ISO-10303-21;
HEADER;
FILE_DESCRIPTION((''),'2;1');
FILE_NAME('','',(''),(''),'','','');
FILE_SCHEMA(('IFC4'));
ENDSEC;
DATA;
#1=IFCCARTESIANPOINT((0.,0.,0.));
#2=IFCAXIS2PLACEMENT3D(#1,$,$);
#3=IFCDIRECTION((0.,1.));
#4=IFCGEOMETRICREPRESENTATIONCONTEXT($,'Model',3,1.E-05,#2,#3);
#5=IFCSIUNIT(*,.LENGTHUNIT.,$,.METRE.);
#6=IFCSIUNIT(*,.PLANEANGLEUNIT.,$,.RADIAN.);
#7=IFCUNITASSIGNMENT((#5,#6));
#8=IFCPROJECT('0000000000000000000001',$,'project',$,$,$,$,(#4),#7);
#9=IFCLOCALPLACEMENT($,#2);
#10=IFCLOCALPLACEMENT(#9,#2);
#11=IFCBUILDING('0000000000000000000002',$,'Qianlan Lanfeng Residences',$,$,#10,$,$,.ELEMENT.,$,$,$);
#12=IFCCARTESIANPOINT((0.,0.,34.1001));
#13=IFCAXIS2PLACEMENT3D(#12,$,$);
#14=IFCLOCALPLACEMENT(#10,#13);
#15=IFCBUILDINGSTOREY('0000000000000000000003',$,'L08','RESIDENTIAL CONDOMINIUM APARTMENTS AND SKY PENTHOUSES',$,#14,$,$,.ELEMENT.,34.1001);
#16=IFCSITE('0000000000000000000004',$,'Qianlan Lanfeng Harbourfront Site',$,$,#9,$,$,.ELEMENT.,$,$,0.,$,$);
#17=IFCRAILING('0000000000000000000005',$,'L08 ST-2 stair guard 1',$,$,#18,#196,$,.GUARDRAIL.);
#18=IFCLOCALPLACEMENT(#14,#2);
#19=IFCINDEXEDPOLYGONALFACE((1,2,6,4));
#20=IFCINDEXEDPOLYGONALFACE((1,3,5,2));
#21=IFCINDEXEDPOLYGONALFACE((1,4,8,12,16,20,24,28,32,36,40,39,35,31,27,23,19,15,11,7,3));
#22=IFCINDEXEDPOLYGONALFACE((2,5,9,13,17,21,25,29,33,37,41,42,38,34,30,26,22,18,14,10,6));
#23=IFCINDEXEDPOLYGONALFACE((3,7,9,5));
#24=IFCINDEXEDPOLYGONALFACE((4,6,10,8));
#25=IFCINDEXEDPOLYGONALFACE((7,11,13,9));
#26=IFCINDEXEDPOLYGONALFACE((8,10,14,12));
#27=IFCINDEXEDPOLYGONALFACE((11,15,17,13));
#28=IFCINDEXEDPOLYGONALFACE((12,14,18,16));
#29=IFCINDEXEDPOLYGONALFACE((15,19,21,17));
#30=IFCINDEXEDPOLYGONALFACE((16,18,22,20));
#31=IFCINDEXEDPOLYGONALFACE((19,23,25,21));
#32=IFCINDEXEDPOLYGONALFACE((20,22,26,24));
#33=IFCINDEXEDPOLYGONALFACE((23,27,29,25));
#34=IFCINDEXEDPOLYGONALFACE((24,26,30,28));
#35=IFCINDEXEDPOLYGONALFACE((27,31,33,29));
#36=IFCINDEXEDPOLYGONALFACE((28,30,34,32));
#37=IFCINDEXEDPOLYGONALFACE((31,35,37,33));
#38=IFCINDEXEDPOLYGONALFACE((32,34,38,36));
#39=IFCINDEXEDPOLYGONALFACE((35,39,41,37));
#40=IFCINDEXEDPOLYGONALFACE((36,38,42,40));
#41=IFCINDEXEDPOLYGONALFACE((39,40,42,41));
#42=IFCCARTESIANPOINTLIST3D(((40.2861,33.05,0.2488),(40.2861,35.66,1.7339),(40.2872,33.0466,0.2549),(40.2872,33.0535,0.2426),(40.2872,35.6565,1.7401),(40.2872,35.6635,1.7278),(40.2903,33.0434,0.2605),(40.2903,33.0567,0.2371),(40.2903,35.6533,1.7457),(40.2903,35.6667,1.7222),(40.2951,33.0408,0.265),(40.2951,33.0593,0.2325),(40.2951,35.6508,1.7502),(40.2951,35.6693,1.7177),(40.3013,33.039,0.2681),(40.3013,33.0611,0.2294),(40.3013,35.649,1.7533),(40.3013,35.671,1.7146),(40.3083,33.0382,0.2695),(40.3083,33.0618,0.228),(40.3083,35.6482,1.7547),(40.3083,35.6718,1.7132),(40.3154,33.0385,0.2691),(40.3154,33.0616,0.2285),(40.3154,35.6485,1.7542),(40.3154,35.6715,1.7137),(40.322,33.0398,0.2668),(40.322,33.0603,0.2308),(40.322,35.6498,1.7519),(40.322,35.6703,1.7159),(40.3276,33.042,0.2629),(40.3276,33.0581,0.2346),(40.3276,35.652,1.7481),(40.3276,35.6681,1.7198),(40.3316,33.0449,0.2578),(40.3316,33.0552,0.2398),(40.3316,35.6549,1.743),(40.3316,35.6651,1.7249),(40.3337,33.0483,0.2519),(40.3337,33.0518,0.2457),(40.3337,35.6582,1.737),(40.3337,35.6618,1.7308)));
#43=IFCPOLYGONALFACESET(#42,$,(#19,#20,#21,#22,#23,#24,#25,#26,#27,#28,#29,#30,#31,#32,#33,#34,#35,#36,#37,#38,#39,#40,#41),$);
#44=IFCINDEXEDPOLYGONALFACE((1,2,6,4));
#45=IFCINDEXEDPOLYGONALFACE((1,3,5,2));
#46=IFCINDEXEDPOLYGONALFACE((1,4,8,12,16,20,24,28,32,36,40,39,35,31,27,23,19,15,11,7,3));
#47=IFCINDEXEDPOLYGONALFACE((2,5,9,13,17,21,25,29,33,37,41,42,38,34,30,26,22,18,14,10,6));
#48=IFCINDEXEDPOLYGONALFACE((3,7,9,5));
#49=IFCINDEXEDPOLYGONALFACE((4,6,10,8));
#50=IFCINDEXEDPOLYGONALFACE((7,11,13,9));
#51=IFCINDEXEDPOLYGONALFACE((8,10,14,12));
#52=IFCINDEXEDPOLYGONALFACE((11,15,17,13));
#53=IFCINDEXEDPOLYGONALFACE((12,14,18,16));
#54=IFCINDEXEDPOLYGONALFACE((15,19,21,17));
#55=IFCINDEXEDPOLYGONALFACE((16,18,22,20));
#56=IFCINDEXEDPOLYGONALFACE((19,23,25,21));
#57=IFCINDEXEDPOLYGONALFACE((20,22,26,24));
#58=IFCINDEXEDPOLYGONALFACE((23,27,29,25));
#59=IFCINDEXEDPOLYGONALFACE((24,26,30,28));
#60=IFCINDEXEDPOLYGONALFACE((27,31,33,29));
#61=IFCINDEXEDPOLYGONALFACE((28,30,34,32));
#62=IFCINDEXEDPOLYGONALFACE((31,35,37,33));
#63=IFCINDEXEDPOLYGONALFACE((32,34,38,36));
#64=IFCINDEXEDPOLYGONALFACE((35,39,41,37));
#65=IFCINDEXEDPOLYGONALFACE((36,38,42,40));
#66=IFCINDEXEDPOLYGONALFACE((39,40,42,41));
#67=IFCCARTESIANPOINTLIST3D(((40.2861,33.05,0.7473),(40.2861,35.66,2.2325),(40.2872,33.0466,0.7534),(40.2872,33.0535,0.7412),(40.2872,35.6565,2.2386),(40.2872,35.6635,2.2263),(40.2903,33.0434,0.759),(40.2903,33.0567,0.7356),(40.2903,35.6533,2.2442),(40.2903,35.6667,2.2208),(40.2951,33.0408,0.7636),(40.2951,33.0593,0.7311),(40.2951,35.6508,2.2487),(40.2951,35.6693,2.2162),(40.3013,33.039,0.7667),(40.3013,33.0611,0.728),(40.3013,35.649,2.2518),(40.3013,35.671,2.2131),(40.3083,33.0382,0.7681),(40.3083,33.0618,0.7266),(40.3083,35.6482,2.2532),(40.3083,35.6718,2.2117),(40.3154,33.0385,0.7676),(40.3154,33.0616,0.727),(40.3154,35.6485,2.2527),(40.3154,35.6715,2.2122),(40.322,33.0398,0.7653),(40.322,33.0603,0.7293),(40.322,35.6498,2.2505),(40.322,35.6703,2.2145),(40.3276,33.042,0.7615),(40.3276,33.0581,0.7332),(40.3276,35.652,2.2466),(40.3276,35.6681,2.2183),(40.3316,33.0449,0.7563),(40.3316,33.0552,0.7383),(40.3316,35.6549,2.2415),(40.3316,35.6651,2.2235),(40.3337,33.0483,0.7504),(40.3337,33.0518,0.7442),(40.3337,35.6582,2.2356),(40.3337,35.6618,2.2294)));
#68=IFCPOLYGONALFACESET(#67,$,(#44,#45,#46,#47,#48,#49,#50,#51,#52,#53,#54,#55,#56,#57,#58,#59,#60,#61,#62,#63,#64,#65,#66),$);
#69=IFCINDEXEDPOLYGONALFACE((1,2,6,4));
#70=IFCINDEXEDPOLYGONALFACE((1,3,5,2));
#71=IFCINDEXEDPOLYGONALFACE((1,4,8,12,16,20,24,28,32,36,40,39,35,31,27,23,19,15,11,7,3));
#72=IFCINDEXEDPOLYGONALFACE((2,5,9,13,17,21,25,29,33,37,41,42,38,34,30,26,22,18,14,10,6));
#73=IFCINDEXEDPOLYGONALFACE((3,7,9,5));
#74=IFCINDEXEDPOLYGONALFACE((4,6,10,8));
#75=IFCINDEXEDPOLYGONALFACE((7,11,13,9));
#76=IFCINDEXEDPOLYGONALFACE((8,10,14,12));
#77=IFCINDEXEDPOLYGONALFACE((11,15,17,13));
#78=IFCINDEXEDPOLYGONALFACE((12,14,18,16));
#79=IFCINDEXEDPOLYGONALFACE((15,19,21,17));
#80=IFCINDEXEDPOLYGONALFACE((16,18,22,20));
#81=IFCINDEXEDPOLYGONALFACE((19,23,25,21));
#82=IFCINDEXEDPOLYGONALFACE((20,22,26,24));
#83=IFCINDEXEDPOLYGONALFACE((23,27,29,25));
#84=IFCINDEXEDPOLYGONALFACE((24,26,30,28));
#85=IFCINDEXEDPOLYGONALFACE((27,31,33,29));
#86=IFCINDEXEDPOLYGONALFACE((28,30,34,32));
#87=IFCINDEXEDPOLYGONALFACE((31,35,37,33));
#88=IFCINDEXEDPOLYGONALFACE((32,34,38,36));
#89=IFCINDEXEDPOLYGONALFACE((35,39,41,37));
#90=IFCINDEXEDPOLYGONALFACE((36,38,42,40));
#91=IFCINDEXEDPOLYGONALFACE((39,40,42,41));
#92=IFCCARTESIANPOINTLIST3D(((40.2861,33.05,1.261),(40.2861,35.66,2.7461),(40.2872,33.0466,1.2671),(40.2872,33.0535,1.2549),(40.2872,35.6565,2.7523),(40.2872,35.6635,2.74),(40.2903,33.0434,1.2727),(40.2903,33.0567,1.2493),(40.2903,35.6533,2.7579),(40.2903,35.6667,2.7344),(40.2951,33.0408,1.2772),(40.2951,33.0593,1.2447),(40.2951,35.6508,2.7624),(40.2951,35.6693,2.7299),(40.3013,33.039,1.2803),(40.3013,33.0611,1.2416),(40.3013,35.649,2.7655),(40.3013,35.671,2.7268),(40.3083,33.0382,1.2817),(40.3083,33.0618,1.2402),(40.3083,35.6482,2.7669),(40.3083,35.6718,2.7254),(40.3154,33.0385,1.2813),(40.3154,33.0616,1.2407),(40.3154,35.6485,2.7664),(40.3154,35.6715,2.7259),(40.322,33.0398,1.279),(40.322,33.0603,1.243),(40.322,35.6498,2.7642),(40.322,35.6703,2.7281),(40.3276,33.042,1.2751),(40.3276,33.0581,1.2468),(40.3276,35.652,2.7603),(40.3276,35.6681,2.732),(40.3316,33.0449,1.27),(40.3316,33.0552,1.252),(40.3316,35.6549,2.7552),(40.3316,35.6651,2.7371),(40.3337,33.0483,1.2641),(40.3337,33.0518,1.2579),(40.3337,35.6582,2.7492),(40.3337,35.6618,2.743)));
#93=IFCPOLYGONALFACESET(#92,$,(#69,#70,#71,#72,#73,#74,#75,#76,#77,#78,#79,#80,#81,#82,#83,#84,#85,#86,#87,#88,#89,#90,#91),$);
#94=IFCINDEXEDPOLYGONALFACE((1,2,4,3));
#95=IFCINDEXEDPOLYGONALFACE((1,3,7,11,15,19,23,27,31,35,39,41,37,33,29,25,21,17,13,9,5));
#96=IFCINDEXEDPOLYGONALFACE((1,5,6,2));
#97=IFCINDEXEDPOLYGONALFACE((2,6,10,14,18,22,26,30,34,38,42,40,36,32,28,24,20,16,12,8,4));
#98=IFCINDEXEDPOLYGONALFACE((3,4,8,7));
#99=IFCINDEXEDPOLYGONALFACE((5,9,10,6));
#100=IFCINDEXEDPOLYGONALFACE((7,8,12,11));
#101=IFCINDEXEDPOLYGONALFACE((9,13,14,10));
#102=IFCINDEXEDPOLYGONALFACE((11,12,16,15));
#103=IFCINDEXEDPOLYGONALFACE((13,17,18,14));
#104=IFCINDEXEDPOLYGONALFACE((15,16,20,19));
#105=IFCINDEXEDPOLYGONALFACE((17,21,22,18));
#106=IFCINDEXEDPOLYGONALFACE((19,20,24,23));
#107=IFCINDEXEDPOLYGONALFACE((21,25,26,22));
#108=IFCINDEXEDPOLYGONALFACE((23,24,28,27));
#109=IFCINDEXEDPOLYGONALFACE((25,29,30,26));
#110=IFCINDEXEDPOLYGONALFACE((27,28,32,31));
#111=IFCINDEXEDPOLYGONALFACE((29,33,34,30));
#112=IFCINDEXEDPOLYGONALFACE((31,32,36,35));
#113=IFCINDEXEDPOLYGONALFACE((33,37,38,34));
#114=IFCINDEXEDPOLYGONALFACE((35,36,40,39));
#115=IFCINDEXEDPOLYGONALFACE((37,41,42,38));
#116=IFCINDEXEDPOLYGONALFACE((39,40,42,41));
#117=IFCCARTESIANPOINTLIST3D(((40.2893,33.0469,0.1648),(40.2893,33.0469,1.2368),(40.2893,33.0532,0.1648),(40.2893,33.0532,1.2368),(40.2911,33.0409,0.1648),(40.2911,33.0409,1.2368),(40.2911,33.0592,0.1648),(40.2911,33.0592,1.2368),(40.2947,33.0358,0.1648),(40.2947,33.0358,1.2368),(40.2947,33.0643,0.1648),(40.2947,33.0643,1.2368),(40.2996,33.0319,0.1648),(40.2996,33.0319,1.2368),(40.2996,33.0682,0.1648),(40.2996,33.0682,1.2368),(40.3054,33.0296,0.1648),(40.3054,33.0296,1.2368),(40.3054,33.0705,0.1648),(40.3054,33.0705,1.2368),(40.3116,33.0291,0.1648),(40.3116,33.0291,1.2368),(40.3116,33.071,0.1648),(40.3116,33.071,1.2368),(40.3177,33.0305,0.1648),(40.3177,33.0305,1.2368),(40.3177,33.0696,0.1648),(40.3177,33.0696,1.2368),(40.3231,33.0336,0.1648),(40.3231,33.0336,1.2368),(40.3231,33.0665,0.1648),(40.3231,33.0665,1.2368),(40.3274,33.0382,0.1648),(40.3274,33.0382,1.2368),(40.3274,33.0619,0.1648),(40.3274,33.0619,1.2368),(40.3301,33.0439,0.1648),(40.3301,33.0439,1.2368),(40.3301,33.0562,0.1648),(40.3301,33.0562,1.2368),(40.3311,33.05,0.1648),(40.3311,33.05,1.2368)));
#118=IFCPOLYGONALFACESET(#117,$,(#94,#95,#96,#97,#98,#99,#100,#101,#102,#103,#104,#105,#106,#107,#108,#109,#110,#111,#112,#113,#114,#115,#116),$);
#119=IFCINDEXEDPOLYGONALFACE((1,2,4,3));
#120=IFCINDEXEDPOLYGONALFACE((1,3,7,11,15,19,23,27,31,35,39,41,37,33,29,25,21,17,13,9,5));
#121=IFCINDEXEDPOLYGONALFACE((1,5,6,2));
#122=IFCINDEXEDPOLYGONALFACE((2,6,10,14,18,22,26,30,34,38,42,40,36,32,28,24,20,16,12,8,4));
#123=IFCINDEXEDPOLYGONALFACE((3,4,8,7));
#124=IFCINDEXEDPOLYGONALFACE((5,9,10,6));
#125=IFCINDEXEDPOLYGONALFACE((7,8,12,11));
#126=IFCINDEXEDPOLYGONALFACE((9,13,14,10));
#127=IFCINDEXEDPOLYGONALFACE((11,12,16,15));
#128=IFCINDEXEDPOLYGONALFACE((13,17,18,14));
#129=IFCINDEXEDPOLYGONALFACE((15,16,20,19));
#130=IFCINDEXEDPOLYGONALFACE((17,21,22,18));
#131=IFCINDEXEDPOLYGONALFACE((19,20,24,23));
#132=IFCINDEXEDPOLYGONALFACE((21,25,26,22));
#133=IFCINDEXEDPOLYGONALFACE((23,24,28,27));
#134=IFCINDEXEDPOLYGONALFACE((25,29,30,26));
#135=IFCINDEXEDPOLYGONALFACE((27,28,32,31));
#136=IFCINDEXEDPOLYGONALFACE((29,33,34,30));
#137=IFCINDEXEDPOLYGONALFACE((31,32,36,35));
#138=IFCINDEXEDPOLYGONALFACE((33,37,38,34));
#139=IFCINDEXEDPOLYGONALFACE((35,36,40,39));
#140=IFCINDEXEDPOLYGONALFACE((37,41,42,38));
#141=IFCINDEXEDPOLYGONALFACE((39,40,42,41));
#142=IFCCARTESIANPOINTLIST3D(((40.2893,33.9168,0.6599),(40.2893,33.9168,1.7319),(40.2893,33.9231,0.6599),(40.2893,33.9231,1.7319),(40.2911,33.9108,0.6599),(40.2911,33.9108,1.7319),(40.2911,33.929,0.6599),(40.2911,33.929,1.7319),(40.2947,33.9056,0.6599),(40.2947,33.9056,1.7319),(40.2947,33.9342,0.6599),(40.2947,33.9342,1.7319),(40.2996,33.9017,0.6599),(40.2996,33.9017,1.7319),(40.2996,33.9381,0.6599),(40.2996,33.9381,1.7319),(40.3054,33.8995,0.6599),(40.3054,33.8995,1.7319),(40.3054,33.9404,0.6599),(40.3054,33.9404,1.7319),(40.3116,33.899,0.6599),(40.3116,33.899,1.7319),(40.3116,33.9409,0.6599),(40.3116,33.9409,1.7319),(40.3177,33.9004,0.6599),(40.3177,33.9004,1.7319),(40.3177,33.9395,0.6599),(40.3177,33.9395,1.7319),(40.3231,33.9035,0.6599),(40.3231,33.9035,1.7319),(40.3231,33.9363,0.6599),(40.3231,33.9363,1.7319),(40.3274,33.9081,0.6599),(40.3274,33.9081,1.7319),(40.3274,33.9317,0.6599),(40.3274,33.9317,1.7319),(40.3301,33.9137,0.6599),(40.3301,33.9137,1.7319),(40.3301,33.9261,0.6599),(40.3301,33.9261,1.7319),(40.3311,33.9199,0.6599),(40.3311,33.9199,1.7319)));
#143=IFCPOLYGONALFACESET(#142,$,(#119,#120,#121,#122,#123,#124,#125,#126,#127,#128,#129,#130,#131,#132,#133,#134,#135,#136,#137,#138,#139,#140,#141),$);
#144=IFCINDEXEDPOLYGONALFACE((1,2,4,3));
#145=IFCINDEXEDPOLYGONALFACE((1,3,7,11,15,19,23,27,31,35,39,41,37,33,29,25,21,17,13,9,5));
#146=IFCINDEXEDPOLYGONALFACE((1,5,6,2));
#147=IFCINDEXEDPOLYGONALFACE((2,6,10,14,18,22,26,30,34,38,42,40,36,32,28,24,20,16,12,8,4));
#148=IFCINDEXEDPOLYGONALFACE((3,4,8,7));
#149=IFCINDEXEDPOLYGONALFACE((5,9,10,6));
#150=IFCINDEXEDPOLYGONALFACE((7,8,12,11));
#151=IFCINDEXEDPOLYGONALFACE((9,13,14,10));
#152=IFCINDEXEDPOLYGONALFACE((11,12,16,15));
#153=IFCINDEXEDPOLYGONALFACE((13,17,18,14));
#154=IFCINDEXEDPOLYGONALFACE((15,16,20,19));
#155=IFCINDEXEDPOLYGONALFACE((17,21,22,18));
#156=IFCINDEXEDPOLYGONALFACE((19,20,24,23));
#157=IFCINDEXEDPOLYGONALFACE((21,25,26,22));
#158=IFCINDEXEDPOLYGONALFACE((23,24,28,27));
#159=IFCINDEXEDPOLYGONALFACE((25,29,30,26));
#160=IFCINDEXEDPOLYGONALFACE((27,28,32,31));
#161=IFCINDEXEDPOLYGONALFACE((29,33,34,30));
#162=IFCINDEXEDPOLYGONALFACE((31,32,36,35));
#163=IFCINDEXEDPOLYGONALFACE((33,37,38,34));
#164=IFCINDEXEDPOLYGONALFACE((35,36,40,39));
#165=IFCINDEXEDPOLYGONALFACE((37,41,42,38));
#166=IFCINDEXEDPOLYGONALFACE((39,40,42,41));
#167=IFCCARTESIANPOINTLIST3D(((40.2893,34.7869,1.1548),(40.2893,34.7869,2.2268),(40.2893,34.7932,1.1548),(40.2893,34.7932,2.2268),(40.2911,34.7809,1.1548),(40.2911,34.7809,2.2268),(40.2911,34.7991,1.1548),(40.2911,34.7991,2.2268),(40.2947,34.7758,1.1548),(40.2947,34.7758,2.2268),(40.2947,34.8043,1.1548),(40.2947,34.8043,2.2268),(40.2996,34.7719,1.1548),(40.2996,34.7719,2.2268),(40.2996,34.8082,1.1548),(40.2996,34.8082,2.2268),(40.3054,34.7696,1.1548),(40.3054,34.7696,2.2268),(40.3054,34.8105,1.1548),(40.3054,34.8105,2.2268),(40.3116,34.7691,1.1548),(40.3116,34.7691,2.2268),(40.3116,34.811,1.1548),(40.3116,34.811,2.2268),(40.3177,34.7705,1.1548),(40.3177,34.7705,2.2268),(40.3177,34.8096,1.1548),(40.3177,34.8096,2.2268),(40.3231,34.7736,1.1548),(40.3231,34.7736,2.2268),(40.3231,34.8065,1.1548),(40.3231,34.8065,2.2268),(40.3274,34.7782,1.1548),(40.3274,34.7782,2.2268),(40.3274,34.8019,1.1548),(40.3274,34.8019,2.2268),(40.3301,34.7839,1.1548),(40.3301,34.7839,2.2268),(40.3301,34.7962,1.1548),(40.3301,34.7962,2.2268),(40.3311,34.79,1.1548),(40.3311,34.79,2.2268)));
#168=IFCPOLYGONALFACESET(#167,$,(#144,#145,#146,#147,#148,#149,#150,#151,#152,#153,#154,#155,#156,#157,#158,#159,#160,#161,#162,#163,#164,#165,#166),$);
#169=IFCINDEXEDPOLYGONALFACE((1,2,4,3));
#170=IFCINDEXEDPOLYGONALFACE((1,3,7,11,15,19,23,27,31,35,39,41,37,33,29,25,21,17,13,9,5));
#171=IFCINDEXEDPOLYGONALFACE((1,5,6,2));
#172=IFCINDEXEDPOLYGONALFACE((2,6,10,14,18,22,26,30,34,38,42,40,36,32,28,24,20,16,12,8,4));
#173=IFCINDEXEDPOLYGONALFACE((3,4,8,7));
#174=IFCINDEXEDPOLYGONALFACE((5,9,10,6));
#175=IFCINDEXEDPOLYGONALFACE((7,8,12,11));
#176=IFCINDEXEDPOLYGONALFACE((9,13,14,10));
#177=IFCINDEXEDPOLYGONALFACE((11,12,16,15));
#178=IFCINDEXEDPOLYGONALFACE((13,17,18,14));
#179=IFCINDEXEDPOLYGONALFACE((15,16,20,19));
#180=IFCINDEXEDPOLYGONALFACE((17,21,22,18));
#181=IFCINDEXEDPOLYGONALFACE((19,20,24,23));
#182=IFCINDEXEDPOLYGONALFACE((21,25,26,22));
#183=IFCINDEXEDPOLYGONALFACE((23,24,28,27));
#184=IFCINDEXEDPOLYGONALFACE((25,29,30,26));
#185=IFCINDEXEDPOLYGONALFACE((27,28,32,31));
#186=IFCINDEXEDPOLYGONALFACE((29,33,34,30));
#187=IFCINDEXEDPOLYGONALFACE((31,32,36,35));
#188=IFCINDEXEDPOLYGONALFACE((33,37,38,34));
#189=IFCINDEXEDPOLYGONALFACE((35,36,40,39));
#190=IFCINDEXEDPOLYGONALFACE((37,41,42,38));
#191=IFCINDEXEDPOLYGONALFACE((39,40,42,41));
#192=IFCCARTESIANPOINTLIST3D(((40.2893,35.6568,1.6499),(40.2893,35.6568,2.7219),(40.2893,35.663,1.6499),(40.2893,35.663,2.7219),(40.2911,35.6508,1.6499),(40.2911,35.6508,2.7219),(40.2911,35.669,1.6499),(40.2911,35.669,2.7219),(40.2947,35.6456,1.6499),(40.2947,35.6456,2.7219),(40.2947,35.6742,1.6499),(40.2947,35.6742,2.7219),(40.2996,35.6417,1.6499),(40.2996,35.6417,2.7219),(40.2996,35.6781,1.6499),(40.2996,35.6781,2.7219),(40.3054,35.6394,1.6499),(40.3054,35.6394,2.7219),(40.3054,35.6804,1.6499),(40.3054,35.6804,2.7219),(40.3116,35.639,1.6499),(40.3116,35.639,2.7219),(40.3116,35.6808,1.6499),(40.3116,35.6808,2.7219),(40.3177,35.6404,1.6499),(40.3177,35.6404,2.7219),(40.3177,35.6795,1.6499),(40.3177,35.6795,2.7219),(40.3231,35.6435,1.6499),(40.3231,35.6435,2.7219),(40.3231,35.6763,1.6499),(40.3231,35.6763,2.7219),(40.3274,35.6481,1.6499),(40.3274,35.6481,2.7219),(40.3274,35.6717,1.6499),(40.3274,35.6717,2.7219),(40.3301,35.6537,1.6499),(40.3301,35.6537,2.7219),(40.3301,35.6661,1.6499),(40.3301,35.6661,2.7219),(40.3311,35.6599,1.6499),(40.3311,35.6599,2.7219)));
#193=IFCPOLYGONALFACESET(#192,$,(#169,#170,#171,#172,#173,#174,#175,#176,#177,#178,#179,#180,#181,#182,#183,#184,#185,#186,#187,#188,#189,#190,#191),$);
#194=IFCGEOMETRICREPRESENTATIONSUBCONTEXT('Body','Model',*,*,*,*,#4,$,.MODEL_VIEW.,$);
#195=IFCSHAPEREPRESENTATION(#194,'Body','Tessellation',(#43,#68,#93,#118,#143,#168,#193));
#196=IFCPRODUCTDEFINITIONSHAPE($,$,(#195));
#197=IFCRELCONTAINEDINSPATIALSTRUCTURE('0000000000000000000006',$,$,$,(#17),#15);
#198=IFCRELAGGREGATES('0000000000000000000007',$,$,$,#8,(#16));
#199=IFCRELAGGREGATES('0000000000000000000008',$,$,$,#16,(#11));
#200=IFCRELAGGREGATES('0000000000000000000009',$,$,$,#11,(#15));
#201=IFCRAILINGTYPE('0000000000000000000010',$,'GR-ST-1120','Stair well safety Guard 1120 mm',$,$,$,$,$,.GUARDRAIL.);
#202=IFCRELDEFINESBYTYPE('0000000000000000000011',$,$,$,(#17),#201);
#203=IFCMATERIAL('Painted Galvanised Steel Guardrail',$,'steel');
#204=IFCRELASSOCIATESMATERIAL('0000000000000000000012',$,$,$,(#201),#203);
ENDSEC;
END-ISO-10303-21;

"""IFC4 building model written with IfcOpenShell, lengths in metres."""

from ifc_helpers import new_model, si_unit, direction, frame, origin, origin_2d, place, context, subcontext, project, spatial, circle, extrude, material, type_object, element, save


model = new_model("IFC4")

# Units and contexts
model_context = context("Model", 3, precision=1e-05, world=origin(), true_north=direction((0.0, 1.0)))
body_context = subcontext(model_context, "Body", "Model", "MODEL_VIEW")
ifc_project = project(units=[si_unit("LENGTHUNIT", "METRE"), si_unit("PLANEANGLEUNIT", "RADIAN")], contexts=[model_context])

# Site, building, storey
site_placement = place(None, origin())
site = spatial("IfcSite", under=ifc_project, at=site_placement, Name="Qianlan Lanfeng Harbourfront Site", CompositionType="ELEMENT", RefElevation=0.0)
building_placement = place(site_placement, origin())
building = spatial("IfcBuilding", under=site, at=building_placement, Name="Qianlan Lanfeng Residences", CompositionType="ELEMENT")
storey_placement = place(building_placement, frame((0.0, 0.0, 34.1001)))
storey = spatial("IfcBuildingStorey", under=building, at=storey_placement, Name="L08", Description="RESIDENTIAL CONDOMINIUM APARTMENTS AND SKY PENTHOUSES", CompositionType="ELEMENT", Elevation=34.1001)

# Railing
ifc_material_1 = material(Name="Painted Galvanised Steel Guardrail", Category="steel")
railing_type_1 = type_object("IfcRailingType", Name="GR-ST-1120", Description="Stair well safety Guard 1120 mm", PredefinedType="GUARDRAIL", material=ifc_material_1)
railing_1_placement = place(storey_placement, frame((40.3101, 33.05, 0.1648)))
element("IfcRailing", 1, at=railing_1_placement, inside=storey, type_object=railing_type_1, Name="L08 ST-2 stair guard 1", PredefinedType="GUARDRAIL", context=body_context, shape_type="SweptSolid", body=[
    extrude(circle(Radius=0.0239, at=origin_2d()), frame((0.0, 0.0, 0.084), z_axis=(0.0, 0.869137, 0.494571), x_axis=(-1.0, 0.0, 0.0)), (0.0, 0.0, 1.0), 3.0029),
    extrude(circle(Radius=0.0239, at=origin_2d()), frame((0.0, 0.0, 0.5825), z_axis=(0.0, 0.869137, 0.494571), x_axis=(-1.0, 0.0, 0.0)), (0.0, 0.0, 1.0), 3.0029),
    extrude(circle(Radius=0.0239, at=origin_2d()), frame((0.0, 0.0, 1.0962), z_axis=(0.0, 0.869137, 0.494571), x_axis=(-1.0, 0.0, 0.0)), (0.0, 0.0, 1.0), 3.0029),
    extrude(circle(Radius=0.021, at=origin_2d()), origin(), (0.0, 0.0, 1.0), 1.072),
    extrude(circle(Radius=0.021, at=origin_2d()), frame((0.0, 0.8699, 0.4951)), (0.0, 0.0, 1.0), 1.072),
    extrude(circle(Radius=0.021, at=origin_2d()), frame((0.0, 1.74, 0.99)), (0.0, 0.0, 1.0), 1.072),
    extrude(circle(Radius=0.021, at=origin_2d()), frame((0.0, 2.6099, 1.4851)), (0.0, 0.0, 1.0), 1.072),
])

save(model, "model.ifc")
